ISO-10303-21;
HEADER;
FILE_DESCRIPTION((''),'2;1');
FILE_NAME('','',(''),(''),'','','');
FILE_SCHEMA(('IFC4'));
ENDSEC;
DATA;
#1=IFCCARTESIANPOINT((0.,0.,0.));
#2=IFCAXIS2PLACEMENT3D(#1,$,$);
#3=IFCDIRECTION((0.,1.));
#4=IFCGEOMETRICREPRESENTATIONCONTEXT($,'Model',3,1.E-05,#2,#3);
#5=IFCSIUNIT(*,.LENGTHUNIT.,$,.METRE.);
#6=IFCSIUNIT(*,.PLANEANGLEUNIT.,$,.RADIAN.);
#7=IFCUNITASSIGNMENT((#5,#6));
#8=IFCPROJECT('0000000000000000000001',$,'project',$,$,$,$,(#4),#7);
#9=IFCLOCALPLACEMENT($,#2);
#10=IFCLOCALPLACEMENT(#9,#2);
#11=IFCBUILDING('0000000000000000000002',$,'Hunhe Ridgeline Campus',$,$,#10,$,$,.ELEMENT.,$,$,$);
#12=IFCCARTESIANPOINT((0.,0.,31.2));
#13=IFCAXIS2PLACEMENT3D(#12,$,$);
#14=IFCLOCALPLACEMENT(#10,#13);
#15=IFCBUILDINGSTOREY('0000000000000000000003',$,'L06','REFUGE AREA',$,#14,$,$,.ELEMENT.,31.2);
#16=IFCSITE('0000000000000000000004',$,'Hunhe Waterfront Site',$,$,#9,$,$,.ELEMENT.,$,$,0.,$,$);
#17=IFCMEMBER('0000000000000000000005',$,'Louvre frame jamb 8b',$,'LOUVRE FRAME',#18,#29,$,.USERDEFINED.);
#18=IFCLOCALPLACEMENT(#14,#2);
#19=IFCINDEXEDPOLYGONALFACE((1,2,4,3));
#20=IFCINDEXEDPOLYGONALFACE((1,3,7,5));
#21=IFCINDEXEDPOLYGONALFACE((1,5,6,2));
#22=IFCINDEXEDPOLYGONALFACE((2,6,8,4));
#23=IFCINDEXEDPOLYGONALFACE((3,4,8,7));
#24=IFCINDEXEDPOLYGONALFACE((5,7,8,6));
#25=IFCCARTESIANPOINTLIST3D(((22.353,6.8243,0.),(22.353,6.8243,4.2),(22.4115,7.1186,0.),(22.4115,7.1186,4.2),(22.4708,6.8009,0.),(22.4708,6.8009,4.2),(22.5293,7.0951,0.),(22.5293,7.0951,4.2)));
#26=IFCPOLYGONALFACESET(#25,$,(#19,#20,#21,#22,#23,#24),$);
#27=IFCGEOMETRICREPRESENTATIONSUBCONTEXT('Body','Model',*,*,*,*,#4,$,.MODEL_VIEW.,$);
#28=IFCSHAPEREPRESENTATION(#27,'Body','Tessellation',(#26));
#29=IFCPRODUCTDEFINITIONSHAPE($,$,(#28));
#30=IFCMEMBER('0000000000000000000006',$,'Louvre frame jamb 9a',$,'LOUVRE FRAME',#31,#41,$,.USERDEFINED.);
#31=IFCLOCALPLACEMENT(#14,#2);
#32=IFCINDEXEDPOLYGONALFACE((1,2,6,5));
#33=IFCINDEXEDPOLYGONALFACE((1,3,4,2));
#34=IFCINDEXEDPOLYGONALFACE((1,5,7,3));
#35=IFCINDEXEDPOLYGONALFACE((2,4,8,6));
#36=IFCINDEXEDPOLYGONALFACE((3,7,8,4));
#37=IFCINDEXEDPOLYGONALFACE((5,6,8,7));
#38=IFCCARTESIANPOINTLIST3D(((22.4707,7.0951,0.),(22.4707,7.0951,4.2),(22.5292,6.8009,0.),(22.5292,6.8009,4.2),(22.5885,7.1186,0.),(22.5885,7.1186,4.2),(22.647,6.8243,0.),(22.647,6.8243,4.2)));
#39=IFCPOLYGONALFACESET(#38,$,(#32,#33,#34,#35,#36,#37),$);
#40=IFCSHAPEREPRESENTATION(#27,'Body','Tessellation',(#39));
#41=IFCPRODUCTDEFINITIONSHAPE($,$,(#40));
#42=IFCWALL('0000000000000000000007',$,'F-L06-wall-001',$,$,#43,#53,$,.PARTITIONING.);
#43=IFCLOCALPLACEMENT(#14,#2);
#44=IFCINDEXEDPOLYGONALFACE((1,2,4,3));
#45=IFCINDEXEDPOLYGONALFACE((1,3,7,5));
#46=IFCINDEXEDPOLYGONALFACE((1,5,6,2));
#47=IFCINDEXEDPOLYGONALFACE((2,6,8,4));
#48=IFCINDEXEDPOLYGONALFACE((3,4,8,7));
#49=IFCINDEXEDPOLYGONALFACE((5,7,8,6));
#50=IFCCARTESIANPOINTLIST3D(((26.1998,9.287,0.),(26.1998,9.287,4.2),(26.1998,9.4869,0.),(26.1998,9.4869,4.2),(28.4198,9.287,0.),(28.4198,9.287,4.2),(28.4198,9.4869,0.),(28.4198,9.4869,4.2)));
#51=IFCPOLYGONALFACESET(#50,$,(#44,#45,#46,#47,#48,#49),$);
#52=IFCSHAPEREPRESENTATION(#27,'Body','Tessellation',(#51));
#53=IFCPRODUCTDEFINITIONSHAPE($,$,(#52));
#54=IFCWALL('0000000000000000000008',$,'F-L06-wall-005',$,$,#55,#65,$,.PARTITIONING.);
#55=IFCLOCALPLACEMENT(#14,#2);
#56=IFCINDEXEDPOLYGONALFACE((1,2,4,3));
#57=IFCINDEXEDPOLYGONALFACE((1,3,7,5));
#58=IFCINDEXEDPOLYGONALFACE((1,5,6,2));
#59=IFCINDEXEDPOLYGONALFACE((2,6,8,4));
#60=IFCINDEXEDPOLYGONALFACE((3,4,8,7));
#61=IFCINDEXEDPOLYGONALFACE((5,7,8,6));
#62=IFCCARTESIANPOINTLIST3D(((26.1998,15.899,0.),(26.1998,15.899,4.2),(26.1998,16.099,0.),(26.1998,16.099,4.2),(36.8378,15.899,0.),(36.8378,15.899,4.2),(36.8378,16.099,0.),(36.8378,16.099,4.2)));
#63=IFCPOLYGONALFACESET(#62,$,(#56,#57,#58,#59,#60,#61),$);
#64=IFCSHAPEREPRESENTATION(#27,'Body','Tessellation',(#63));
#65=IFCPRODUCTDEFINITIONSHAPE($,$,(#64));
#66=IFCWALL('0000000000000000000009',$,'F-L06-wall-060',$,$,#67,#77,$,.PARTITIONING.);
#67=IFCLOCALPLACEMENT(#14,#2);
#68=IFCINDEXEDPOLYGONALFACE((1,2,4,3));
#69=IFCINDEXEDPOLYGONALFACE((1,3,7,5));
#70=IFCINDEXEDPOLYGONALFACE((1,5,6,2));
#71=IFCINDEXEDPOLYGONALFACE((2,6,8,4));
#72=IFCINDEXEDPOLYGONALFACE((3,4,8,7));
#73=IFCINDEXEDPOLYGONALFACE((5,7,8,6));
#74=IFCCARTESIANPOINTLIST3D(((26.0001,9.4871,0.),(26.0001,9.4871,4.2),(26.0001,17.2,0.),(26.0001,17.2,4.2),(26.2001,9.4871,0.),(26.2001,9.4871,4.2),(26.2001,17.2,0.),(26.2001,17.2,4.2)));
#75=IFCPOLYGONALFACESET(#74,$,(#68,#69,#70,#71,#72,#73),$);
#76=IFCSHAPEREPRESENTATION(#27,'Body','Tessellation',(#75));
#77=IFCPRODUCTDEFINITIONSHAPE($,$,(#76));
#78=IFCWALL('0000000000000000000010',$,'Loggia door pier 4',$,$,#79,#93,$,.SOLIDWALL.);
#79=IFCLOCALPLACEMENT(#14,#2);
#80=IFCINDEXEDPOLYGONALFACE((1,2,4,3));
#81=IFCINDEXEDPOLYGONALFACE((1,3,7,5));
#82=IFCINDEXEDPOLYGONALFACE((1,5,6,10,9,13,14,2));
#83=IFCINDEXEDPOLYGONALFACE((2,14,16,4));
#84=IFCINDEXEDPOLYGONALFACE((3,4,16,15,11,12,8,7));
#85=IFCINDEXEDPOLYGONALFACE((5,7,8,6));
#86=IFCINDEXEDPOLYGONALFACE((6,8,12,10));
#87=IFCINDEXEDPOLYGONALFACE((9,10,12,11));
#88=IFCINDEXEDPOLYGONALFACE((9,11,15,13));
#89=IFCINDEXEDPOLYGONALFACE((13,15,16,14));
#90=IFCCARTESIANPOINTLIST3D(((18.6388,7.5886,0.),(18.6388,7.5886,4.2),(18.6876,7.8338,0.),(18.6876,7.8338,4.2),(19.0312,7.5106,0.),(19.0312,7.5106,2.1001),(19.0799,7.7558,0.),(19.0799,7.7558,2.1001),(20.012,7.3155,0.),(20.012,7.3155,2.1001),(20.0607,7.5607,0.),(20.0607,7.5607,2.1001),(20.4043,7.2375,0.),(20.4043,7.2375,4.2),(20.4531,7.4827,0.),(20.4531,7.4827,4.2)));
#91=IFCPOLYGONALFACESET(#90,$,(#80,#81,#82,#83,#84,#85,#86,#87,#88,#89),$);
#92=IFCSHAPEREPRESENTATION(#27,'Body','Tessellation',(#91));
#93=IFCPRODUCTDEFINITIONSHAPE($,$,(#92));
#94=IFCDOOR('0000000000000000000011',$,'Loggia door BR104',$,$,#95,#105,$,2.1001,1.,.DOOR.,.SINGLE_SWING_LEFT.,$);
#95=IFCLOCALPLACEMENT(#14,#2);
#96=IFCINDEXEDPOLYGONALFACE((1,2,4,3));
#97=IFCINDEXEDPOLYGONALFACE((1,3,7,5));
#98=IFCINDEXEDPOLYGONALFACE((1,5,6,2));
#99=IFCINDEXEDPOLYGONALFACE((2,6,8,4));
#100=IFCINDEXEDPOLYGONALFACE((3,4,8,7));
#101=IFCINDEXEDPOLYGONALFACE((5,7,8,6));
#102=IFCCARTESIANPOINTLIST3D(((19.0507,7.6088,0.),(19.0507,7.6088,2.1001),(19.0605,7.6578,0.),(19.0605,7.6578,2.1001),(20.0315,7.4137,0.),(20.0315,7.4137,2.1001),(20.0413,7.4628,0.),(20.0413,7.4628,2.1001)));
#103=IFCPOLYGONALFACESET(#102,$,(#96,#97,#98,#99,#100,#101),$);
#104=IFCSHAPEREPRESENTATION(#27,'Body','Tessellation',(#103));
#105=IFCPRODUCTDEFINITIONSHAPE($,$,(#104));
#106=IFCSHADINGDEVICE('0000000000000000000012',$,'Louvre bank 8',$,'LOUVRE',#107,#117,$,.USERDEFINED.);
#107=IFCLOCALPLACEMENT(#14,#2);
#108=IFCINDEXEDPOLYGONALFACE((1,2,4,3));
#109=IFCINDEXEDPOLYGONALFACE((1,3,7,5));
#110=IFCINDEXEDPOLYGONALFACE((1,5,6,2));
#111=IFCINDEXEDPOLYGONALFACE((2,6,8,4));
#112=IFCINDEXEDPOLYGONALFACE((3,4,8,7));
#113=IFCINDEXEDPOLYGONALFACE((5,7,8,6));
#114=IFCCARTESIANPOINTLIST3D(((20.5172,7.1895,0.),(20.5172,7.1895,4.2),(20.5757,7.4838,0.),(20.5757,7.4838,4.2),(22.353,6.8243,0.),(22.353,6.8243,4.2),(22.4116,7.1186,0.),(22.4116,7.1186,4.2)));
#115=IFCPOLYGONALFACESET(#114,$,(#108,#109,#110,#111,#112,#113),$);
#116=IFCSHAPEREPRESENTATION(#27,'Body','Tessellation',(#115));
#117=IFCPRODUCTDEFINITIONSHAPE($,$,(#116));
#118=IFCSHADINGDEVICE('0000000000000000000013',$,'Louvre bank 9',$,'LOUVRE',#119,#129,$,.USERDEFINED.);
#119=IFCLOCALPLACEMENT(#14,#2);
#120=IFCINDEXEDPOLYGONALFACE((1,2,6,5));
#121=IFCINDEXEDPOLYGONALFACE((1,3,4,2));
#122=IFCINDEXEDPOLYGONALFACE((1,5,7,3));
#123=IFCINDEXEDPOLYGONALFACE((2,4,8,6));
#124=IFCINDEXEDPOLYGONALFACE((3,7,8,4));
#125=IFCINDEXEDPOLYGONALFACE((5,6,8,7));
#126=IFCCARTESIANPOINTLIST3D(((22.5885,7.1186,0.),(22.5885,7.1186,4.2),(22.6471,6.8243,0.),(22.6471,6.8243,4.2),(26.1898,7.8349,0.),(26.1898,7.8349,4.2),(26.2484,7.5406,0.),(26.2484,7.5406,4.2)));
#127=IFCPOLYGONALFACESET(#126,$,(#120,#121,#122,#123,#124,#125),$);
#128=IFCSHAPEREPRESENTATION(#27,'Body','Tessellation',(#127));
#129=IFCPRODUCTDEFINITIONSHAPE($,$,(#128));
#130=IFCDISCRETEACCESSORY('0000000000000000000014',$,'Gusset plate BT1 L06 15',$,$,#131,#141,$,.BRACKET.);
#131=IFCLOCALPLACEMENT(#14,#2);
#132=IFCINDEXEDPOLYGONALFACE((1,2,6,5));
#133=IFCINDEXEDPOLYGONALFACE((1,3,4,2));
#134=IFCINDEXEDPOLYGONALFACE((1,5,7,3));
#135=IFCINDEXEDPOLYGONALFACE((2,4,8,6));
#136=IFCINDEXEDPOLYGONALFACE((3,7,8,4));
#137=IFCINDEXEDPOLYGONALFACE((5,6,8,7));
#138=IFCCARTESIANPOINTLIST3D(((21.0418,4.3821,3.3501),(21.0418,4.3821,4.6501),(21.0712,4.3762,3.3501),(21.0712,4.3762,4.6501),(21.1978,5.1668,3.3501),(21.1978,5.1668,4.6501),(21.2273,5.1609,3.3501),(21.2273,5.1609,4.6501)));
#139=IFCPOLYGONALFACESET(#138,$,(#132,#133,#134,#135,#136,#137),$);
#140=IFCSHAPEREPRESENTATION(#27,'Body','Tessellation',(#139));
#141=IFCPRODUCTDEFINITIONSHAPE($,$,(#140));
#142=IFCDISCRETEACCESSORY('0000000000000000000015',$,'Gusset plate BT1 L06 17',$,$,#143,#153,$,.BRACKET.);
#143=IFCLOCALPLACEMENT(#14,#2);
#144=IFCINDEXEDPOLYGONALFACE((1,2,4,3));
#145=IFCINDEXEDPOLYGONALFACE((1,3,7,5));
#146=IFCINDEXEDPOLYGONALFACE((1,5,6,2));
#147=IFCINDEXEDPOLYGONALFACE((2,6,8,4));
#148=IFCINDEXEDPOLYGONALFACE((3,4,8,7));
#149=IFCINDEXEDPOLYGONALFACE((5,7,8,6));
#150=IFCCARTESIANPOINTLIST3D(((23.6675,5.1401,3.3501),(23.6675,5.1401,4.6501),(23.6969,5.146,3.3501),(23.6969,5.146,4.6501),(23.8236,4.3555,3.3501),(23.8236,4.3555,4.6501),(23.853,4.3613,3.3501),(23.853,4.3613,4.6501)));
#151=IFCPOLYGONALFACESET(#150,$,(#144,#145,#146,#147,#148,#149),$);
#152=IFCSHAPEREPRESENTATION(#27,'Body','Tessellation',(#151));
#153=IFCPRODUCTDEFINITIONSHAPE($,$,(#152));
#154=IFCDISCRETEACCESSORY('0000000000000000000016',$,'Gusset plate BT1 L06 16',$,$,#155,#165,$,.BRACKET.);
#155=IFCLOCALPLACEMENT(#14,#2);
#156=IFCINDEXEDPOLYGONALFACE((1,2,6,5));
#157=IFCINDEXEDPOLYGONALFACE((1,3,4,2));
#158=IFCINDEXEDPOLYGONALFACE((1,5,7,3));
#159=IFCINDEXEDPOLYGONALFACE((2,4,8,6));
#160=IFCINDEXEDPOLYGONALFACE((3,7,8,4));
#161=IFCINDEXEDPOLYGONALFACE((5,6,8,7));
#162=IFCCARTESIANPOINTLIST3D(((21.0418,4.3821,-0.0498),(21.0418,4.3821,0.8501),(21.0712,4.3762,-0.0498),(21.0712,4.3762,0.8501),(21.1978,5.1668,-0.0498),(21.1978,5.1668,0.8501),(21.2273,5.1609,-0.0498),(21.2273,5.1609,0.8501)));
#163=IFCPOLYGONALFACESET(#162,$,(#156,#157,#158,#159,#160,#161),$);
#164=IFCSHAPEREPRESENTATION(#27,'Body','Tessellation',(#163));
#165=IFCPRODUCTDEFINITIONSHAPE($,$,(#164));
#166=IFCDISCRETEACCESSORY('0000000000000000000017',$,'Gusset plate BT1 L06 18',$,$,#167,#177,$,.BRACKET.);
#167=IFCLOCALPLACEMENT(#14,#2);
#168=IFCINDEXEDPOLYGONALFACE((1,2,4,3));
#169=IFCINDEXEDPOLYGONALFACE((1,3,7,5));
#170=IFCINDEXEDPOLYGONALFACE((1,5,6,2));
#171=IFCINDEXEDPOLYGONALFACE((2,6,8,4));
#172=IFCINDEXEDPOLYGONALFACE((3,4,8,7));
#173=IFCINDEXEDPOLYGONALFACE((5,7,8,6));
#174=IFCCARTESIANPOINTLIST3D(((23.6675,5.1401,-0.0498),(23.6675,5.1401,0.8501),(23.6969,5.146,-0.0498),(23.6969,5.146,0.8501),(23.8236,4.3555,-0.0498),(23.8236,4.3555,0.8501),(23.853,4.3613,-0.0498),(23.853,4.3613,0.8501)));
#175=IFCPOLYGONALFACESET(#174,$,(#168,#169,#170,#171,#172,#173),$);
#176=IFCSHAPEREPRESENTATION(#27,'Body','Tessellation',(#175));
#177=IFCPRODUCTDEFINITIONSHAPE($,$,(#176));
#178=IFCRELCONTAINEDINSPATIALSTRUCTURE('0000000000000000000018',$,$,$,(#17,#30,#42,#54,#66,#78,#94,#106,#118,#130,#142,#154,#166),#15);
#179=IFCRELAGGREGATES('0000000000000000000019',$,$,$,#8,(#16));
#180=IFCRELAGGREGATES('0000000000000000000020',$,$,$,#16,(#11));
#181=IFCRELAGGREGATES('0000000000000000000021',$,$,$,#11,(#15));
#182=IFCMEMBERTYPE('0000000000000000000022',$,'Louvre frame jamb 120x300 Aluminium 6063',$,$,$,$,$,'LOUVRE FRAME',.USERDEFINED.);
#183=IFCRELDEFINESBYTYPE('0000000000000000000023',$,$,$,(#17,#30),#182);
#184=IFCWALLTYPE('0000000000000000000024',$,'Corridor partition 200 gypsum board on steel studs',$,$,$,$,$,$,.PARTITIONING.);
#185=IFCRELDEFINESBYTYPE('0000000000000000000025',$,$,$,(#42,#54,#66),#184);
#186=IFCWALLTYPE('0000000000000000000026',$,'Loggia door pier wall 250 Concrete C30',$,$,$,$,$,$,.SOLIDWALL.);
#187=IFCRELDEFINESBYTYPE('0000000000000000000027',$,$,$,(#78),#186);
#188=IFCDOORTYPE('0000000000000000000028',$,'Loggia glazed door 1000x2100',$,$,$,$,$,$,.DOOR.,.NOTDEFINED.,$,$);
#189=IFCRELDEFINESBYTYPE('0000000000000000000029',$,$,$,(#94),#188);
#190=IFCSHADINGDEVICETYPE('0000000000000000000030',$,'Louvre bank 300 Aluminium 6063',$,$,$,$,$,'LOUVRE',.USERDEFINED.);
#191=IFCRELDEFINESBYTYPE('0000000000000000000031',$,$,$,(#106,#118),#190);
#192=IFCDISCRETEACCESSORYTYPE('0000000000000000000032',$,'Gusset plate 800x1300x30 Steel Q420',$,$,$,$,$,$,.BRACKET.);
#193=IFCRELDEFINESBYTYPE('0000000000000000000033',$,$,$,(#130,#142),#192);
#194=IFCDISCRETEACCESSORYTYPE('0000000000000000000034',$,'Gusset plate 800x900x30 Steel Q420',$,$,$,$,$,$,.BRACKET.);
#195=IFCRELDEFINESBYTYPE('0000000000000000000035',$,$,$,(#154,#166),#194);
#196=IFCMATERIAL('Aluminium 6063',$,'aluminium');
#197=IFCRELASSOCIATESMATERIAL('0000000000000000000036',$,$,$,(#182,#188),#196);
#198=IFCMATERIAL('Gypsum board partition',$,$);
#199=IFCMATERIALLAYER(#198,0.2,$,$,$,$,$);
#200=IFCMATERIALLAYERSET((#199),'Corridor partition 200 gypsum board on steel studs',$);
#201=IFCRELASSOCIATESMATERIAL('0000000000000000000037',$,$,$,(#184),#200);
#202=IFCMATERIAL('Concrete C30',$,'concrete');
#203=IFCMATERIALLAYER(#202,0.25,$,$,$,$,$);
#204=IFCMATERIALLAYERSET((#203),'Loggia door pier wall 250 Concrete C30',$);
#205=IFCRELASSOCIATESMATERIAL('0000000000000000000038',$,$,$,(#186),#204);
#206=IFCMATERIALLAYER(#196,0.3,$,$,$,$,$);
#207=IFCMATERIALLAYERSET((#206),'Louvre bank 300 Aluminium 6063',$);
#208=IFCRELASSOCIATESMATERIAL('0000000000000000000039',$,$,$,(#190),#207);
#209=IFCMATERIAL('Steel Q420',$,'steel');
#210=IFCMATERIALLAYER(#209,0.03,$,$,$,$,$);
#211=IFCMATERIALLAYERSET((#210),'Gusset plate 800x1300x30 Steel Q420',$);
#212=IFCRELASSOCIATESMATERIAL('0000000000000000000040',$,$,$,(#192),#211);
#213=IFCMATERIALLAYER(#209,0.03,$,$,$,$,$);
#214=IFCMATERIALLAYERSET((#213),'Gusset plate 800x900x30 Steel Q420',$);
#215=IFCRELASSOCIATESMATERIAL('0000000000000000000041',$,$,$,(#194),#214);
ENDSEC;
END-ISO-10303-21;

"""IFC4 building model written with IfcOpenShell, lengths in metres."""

from ifc_helpers import new_model, si_unit, direction, frame, frame_2d, origin, origin_2d, place, context, subcontext, project, spatial, rectangle, extrude, material, layer, layer_set, material_profile, profile_set, type_object, element, fill, save


model = new_model("IFC4")

# Units and contexts
model_context = context("Model", 3, precision=1e-05, world=origin(), true_north=direction((0.0, 1.0)))
body_context = subcontext(model_context, "Body", "Model", "MODEL_VIEW")
ifc_project = project(units=[si_unit("LENGTHUNIT", "METRE"), si_unit("PLANEANGLEUNIT", "RADIAN")], contexts=[model_context])

# Site, building, storey
site_placement = place(None, origin())
site = spatial("IfcSite", under=ifc_project, at=site_placement, Name="Hunhe Waterfront Site", CompositionType="ELEMENT", RefElevation=0.0)
building_placement = place(site_placement, origin())
building = spatial("IfcBuilding", under=site, at=building_placement, Name="Hunhe Ridgeline Campus", CompositionType="ELEMENT")
storey_placement = place(building_placement, frame((0.0, 0.0, 31.2)))
storey = spatial("IfcBuildingStorey", under=building, at=storey_placement, Name="L06", Description="REFUGE AREA", CompositionType="ELEMENT", Elevation=31.2)

# Members
ifc_material_1 = material(Name="Steel Q420", Category="steel")
ifc_material_2 = material(Name="Aluminium 6063", Category="aluminium")
ifc_material_profile_1 = material_profile(ifc_material_2, rectangle(XDim=0.3, YDim=0.1201, at=origin_2d()))
ifc_profile_set_1 = profile_set([ifc_material_profile_1], Name="Aluminium 6063")
member_type_1 = type_object("IfcMemberType", Name="Louvre frame jamb 120x300 Aluminium 6063", ElementType="LOUVRE FRAME", PredefinedType="USERDEFINED", material=ifc_profile_set_1)
for number, where, z_axis, x_axis, name in (
    (1, (22.4412, 6.9597, 0.0), (0.0, 0.0, 1.0), (0.19509, 0.980785, 0.0), "Louvre frame jamb 8b"),
    (2, (22.5588, 6.9597, 0.0), (0.0, 0.0, 1.0), (-0.19509, 0.980785, 0.0), "Louvre frame jamb 9a"),
):
    element("IfcMember", number, at=place(storey_placement, frame(where, z_axis=z_axis, x_axis=x_axis)), inside=storey, type_object=member_type_1, Name=name, ObjectType="LOUVRE FRAME", PredefinedType="USERDEFINED", context=body_context, shape_type="SweptSolid", body=[
        extrude(rectangle(XDim=0.3, YDim=0.1201, at=origin_2d()), origin(), (0.0, 0.0, 1.0), 4.2),
    ])

# Walls
ifc_material_3 = material(Name="Gypsum board partition")
ifc_layer_1 = layer(ifc_material_3, 0.2)
ifc_layer_set_1 = layer_set([ifc_layer_1], Name="Corridor partition 200 gypsum board on steel studs")
wall_type_1 = type_object("IfcWallType", Name="Corridor partition 200 gypsum board on steel studs", PredefinedType="PARTITIONING", material=ifc_layer_set_1)
wall_1_placement = place(storey_placement, frame((26.2, 9.387, 0.0), z_axis=(0.0, 0.0, 1.0), x_axis=(1.0, 0.0, 0.0)))
element("IfcWall", 3, at=wall_1_placement, inside=storey, type_object=wall_type_1, Name="F-L06-wall-001", PredefinedType="PARTITIONING", context=body_context, shape_type="SweptSolid", body=[
    extrude(rectangle(XDim=2.22, YDim=0.2, at=frame_2d((1.1099, 0.0))), origin(), (0.0, 0.0, 1.0), 4.2),
])
wall_2_placement = place(storey_placement, frame((26.2, 15.999, 0.0), z_axis=(0.0, 0.0, 1.0), x_axis=(1.0, 0.0, 0.0)))
element("IfcWall", 4, at=wall_2_placement, inside=storey, type_object=wall_type_1, Name="F-L06-wall-005", PredefinedType="PARTITIONING", context=body_context, shape_type="SweptSolid", body=[
    extrude(rectangle(XDim=10.6379, YDim=0.2, at=frame_2d((5.3188, 0.0))), origin(), (0.0, 0.0, 1.0), 4.2),
])

# Wall
wall_3_placement = place(storey_placement, frame((26.1001, 17.2, 0.0), z_axis=(0.0, 0.0, 1.0), x_axis=(0.0, -1.0, 0.0)))
element("IfcWall", 5, at=wall_3_placement, inside=storey, type_object=wall_type_1, Name="F-L06-wall-060", PredefinedType="PARTITIONING", context=body_context, shape_type="SweptSolid", body=[
    extrude(rectangle(XDim=7.7129, YDim=0.2, at=frame_2d((3.8564, 0.0))), origin(), (0.0, 0.0, 1.0), 4.2),
])

# Wall, opening, door
ifc_material_4 = material(Name="Concrete C30", Category="concrete")
ifc_layer_2 = layer(ifc_material_4, 0.25)
ifc_layer_set_2 = layer_set([ifc_layer_2], Name="Loggia door pier wall 250 Concrete C30")
wall_type_2 = type_object("IfcWallType", Name="Loggia door pier wall 250 Concrete C30", PredefinedType="SOLIDWALL", material=ifc_layer_set_2)
wall_4_placement = place(storey_placement, frame((18.6633, 7.7112, 0.0), z_axis=(0.0, 0.0, 1.0), x_axis=(0.980794, -0.195047, 0.0)))
wall_4 = element("IfcWall", 6, at=wall_4_placement, inside=storey, type_object=wall_type_2, Name="Loggia door pier 4", PredefinedType="SOLIDWALL", context=body_context, shape_type="SweptSolid", body=[
    extrude(rectangle(XDim=1.8, YDim=0.25, at=frame_2d((0.8999, 0.0))), origin(), (0.0, 0.0, 1.0), 4.2),
])
opening_1_placement = place(wall_4_placement, frame((0.3999, 0.0, 0.0)))
opening_1 = element("IfcOpeningElement", 7, at=opening_1_placement, cuts=wall_4, PredefinedType="OPENING", context=body_context, shape_type="SweptSolid", body=[
    extrude(rectangle(XDim=1.0, YDim=2.1001, at=frame_2d((0.5, 1.05))), frame((0.0, 0.125, 0.0), z_axis=(0.0, -1.0, 0.0), x_axis=(1.0, 0.0, 0.0)), (0.0, 0.0, 1.0), 0.25),
])
door_type_1 = type_object("IfcDoorType", Name="Loggia glazed door 1000x2100", OperationType="NOTDEFINED", PredefinedType="DOOR", material=ifc_material_2)
door_1_placement = place(opening_1_placement, frame((1.0, 0.0, 0.0), z_axis=(0.0, 0.0, 1.0), x_axis=(-1.0, 0.0, 0.0)))
door_1 = element("IfcDoor", 8, at=door_1_placement, inside=storey, type_object=door_type_1, Name="Loggia door BR104", OperationType="SINGLE_SWING_LEFT", OverallHeight=2.1001, OverallWidth=1.0, PredefinedType="DOOR", context=body_context, shape_type="SweptSolid", body=[
    extrude(rectangle(XDim=1.0, YDim=2.1001, at=frame_2d((0.5, 1.05))), frame((0.0, 0.0249, 0.0), z_axis=(0.0, -1.0, 0.0), x_axis=(1.0, 0.0, 0.0)), (0.0, 0.0, 1.0), 0.05),
])
fill(opening_1, door_1)

# Shading devices
ifc_layer_3 = layer(ifc_material_2, 0.3)
ifc_layer_set_3 = layer_set([ifc_layer_3], Name="Louvre bank 300 Aluminium 6063")
shading_device_type = type_object("IfcShadingDeviceType", Name="Louvre bank 300 Aluminium 6063", ElementType="LOUVRE", PredefinedType="USERDEFINED", material=ifc_layer_set_3)
shading_device_1_placement = place(storey_placement, frame((21.4644, 7.1541, 0.0), z_axis=(0.0, 0.0, 1.0), x_axis=(0.980785, -0.19509, 0.0)))
element("IfcShadingDevice", 9, at=shading_device_1_placement, inside=storey, type_object=shading_device_type, Name="Louvre bank 8", ObjectType="LOUVRE", PredefinedType="USERDEFINED", context=body_context, shape_type="SweptSolid", body=[
    extrude(rectangle(XDim=1.8718, YDim=0.3, at=origin_2d()), origin(), (0.0, 0.0, 1.0), 4.2),
])
shading_device_2_placement = place(storey_placement, frame((24.4185, 7.3296, 0.0), z_axis=(0.0, 0.0, 1.0), x_axis=(0.980785, 0.19509, 0.0)))
element("IfcShadingDevice", 10, at=shading_device_2_placement, inside=storey, type_object=shading_device_type, Name="Louvre bank 9", ObjectType="LOUVRE", PredefinedType="USERDEFINED", context=body_context, shape_type="SweptSolid", body=[
    extrude(rectangle(XDim=3.6719, YDim=0.3, at=origin_2d()), origin(), (0.0, 0.0, 1.0), 4.2),
])

# Discrete accessories
ifc_layer_4 = layer(ifc_material_1, 0.03)
ifc_layer_set_4 = layer_set([ifc_layer_4], Name="Gusset plate 800x1300x30 Steel Q420")
discrete_accessory_type_1 = type_object("IfcDiscreteAccessoryType", Name="Gusset plate 800x1300x30 Steel Q420", PredefinedType="BRACKET", material=ifc_layer_set_4)
for number, where, z_axis, x_axis, name in (
    (11, (21.1345, 4.7715, 3.3501), (0.0, 0.0, 1.0), (0.980785, -0.19509, 0.0), "Gusset plate BT1 L06 15"),
    (12, (23.7603, 4.7507, 3.3501), (0.0, 0.0, 1.0), (-0.980785, -0.19509, 0.0), "Gusset plate BT1 L06 17"),
):
    element("IfcDiscreteAccessory", number, at=place(storey_placement, frame(where, z_axis=z_axis, x_axis=x_axis)), inside=storey, type_object=discrete_accessory_type_1, Name=name, PredefinedType="BRACKET", context=body_context, shape_type="SweptSolid", body=[
        extrude(rectangle(XDim=0.03, YDim=0.8, at=origin_2d()), origin(), (0.0, 0.0, 1.0), 1.3),
    ])
ifc_layer_5 = layer(ifc_material_1, 0.03)
ifc_layer_set_5 = layer_set([ifc_layer_5], Name="Gusset plate 800x900x30 Steel Q420")
discrete_accessory_type_2 = type_object("IfcDiscreteAccessoryType", Name="Gusset plate 800x900x30 Steel Q420", PredefinedType="BRACKET", material=ifc_layer_set_5)
for number, where, z_axis, x_axis, name in (
    (13, (21.1345, 4.7715, -0.0498), (0.0, 0.0, 1.0), (0.980785, -0.19509, 0.0), "Gusset plate BT1 L06 16"),
    (14, (23.7603, 4.7507, -0.0498), (0.0, 0.0, 1.0), (-0.980785, -0.19509, 0.0), "Gusset plate BT1 L06 18"),
):
    element("IfcDiscreteAccessory", number, at=place(storey_placement, frame(where, z_axis=z_axis, x_axis=x_axis)), inside=storey, type_object=discrete_accessory_type_2, Name=name, PredefinedType="BRACKET", context=body_context, shape_type="SweptSolid", body=[
        extrude(rectangle(XDim=0.03, YDim=0.8, at=origin_2d()), origin(), (0.0, 0.0, 1.0), 0.8999),
    ])

save(model, "model.ifc")
